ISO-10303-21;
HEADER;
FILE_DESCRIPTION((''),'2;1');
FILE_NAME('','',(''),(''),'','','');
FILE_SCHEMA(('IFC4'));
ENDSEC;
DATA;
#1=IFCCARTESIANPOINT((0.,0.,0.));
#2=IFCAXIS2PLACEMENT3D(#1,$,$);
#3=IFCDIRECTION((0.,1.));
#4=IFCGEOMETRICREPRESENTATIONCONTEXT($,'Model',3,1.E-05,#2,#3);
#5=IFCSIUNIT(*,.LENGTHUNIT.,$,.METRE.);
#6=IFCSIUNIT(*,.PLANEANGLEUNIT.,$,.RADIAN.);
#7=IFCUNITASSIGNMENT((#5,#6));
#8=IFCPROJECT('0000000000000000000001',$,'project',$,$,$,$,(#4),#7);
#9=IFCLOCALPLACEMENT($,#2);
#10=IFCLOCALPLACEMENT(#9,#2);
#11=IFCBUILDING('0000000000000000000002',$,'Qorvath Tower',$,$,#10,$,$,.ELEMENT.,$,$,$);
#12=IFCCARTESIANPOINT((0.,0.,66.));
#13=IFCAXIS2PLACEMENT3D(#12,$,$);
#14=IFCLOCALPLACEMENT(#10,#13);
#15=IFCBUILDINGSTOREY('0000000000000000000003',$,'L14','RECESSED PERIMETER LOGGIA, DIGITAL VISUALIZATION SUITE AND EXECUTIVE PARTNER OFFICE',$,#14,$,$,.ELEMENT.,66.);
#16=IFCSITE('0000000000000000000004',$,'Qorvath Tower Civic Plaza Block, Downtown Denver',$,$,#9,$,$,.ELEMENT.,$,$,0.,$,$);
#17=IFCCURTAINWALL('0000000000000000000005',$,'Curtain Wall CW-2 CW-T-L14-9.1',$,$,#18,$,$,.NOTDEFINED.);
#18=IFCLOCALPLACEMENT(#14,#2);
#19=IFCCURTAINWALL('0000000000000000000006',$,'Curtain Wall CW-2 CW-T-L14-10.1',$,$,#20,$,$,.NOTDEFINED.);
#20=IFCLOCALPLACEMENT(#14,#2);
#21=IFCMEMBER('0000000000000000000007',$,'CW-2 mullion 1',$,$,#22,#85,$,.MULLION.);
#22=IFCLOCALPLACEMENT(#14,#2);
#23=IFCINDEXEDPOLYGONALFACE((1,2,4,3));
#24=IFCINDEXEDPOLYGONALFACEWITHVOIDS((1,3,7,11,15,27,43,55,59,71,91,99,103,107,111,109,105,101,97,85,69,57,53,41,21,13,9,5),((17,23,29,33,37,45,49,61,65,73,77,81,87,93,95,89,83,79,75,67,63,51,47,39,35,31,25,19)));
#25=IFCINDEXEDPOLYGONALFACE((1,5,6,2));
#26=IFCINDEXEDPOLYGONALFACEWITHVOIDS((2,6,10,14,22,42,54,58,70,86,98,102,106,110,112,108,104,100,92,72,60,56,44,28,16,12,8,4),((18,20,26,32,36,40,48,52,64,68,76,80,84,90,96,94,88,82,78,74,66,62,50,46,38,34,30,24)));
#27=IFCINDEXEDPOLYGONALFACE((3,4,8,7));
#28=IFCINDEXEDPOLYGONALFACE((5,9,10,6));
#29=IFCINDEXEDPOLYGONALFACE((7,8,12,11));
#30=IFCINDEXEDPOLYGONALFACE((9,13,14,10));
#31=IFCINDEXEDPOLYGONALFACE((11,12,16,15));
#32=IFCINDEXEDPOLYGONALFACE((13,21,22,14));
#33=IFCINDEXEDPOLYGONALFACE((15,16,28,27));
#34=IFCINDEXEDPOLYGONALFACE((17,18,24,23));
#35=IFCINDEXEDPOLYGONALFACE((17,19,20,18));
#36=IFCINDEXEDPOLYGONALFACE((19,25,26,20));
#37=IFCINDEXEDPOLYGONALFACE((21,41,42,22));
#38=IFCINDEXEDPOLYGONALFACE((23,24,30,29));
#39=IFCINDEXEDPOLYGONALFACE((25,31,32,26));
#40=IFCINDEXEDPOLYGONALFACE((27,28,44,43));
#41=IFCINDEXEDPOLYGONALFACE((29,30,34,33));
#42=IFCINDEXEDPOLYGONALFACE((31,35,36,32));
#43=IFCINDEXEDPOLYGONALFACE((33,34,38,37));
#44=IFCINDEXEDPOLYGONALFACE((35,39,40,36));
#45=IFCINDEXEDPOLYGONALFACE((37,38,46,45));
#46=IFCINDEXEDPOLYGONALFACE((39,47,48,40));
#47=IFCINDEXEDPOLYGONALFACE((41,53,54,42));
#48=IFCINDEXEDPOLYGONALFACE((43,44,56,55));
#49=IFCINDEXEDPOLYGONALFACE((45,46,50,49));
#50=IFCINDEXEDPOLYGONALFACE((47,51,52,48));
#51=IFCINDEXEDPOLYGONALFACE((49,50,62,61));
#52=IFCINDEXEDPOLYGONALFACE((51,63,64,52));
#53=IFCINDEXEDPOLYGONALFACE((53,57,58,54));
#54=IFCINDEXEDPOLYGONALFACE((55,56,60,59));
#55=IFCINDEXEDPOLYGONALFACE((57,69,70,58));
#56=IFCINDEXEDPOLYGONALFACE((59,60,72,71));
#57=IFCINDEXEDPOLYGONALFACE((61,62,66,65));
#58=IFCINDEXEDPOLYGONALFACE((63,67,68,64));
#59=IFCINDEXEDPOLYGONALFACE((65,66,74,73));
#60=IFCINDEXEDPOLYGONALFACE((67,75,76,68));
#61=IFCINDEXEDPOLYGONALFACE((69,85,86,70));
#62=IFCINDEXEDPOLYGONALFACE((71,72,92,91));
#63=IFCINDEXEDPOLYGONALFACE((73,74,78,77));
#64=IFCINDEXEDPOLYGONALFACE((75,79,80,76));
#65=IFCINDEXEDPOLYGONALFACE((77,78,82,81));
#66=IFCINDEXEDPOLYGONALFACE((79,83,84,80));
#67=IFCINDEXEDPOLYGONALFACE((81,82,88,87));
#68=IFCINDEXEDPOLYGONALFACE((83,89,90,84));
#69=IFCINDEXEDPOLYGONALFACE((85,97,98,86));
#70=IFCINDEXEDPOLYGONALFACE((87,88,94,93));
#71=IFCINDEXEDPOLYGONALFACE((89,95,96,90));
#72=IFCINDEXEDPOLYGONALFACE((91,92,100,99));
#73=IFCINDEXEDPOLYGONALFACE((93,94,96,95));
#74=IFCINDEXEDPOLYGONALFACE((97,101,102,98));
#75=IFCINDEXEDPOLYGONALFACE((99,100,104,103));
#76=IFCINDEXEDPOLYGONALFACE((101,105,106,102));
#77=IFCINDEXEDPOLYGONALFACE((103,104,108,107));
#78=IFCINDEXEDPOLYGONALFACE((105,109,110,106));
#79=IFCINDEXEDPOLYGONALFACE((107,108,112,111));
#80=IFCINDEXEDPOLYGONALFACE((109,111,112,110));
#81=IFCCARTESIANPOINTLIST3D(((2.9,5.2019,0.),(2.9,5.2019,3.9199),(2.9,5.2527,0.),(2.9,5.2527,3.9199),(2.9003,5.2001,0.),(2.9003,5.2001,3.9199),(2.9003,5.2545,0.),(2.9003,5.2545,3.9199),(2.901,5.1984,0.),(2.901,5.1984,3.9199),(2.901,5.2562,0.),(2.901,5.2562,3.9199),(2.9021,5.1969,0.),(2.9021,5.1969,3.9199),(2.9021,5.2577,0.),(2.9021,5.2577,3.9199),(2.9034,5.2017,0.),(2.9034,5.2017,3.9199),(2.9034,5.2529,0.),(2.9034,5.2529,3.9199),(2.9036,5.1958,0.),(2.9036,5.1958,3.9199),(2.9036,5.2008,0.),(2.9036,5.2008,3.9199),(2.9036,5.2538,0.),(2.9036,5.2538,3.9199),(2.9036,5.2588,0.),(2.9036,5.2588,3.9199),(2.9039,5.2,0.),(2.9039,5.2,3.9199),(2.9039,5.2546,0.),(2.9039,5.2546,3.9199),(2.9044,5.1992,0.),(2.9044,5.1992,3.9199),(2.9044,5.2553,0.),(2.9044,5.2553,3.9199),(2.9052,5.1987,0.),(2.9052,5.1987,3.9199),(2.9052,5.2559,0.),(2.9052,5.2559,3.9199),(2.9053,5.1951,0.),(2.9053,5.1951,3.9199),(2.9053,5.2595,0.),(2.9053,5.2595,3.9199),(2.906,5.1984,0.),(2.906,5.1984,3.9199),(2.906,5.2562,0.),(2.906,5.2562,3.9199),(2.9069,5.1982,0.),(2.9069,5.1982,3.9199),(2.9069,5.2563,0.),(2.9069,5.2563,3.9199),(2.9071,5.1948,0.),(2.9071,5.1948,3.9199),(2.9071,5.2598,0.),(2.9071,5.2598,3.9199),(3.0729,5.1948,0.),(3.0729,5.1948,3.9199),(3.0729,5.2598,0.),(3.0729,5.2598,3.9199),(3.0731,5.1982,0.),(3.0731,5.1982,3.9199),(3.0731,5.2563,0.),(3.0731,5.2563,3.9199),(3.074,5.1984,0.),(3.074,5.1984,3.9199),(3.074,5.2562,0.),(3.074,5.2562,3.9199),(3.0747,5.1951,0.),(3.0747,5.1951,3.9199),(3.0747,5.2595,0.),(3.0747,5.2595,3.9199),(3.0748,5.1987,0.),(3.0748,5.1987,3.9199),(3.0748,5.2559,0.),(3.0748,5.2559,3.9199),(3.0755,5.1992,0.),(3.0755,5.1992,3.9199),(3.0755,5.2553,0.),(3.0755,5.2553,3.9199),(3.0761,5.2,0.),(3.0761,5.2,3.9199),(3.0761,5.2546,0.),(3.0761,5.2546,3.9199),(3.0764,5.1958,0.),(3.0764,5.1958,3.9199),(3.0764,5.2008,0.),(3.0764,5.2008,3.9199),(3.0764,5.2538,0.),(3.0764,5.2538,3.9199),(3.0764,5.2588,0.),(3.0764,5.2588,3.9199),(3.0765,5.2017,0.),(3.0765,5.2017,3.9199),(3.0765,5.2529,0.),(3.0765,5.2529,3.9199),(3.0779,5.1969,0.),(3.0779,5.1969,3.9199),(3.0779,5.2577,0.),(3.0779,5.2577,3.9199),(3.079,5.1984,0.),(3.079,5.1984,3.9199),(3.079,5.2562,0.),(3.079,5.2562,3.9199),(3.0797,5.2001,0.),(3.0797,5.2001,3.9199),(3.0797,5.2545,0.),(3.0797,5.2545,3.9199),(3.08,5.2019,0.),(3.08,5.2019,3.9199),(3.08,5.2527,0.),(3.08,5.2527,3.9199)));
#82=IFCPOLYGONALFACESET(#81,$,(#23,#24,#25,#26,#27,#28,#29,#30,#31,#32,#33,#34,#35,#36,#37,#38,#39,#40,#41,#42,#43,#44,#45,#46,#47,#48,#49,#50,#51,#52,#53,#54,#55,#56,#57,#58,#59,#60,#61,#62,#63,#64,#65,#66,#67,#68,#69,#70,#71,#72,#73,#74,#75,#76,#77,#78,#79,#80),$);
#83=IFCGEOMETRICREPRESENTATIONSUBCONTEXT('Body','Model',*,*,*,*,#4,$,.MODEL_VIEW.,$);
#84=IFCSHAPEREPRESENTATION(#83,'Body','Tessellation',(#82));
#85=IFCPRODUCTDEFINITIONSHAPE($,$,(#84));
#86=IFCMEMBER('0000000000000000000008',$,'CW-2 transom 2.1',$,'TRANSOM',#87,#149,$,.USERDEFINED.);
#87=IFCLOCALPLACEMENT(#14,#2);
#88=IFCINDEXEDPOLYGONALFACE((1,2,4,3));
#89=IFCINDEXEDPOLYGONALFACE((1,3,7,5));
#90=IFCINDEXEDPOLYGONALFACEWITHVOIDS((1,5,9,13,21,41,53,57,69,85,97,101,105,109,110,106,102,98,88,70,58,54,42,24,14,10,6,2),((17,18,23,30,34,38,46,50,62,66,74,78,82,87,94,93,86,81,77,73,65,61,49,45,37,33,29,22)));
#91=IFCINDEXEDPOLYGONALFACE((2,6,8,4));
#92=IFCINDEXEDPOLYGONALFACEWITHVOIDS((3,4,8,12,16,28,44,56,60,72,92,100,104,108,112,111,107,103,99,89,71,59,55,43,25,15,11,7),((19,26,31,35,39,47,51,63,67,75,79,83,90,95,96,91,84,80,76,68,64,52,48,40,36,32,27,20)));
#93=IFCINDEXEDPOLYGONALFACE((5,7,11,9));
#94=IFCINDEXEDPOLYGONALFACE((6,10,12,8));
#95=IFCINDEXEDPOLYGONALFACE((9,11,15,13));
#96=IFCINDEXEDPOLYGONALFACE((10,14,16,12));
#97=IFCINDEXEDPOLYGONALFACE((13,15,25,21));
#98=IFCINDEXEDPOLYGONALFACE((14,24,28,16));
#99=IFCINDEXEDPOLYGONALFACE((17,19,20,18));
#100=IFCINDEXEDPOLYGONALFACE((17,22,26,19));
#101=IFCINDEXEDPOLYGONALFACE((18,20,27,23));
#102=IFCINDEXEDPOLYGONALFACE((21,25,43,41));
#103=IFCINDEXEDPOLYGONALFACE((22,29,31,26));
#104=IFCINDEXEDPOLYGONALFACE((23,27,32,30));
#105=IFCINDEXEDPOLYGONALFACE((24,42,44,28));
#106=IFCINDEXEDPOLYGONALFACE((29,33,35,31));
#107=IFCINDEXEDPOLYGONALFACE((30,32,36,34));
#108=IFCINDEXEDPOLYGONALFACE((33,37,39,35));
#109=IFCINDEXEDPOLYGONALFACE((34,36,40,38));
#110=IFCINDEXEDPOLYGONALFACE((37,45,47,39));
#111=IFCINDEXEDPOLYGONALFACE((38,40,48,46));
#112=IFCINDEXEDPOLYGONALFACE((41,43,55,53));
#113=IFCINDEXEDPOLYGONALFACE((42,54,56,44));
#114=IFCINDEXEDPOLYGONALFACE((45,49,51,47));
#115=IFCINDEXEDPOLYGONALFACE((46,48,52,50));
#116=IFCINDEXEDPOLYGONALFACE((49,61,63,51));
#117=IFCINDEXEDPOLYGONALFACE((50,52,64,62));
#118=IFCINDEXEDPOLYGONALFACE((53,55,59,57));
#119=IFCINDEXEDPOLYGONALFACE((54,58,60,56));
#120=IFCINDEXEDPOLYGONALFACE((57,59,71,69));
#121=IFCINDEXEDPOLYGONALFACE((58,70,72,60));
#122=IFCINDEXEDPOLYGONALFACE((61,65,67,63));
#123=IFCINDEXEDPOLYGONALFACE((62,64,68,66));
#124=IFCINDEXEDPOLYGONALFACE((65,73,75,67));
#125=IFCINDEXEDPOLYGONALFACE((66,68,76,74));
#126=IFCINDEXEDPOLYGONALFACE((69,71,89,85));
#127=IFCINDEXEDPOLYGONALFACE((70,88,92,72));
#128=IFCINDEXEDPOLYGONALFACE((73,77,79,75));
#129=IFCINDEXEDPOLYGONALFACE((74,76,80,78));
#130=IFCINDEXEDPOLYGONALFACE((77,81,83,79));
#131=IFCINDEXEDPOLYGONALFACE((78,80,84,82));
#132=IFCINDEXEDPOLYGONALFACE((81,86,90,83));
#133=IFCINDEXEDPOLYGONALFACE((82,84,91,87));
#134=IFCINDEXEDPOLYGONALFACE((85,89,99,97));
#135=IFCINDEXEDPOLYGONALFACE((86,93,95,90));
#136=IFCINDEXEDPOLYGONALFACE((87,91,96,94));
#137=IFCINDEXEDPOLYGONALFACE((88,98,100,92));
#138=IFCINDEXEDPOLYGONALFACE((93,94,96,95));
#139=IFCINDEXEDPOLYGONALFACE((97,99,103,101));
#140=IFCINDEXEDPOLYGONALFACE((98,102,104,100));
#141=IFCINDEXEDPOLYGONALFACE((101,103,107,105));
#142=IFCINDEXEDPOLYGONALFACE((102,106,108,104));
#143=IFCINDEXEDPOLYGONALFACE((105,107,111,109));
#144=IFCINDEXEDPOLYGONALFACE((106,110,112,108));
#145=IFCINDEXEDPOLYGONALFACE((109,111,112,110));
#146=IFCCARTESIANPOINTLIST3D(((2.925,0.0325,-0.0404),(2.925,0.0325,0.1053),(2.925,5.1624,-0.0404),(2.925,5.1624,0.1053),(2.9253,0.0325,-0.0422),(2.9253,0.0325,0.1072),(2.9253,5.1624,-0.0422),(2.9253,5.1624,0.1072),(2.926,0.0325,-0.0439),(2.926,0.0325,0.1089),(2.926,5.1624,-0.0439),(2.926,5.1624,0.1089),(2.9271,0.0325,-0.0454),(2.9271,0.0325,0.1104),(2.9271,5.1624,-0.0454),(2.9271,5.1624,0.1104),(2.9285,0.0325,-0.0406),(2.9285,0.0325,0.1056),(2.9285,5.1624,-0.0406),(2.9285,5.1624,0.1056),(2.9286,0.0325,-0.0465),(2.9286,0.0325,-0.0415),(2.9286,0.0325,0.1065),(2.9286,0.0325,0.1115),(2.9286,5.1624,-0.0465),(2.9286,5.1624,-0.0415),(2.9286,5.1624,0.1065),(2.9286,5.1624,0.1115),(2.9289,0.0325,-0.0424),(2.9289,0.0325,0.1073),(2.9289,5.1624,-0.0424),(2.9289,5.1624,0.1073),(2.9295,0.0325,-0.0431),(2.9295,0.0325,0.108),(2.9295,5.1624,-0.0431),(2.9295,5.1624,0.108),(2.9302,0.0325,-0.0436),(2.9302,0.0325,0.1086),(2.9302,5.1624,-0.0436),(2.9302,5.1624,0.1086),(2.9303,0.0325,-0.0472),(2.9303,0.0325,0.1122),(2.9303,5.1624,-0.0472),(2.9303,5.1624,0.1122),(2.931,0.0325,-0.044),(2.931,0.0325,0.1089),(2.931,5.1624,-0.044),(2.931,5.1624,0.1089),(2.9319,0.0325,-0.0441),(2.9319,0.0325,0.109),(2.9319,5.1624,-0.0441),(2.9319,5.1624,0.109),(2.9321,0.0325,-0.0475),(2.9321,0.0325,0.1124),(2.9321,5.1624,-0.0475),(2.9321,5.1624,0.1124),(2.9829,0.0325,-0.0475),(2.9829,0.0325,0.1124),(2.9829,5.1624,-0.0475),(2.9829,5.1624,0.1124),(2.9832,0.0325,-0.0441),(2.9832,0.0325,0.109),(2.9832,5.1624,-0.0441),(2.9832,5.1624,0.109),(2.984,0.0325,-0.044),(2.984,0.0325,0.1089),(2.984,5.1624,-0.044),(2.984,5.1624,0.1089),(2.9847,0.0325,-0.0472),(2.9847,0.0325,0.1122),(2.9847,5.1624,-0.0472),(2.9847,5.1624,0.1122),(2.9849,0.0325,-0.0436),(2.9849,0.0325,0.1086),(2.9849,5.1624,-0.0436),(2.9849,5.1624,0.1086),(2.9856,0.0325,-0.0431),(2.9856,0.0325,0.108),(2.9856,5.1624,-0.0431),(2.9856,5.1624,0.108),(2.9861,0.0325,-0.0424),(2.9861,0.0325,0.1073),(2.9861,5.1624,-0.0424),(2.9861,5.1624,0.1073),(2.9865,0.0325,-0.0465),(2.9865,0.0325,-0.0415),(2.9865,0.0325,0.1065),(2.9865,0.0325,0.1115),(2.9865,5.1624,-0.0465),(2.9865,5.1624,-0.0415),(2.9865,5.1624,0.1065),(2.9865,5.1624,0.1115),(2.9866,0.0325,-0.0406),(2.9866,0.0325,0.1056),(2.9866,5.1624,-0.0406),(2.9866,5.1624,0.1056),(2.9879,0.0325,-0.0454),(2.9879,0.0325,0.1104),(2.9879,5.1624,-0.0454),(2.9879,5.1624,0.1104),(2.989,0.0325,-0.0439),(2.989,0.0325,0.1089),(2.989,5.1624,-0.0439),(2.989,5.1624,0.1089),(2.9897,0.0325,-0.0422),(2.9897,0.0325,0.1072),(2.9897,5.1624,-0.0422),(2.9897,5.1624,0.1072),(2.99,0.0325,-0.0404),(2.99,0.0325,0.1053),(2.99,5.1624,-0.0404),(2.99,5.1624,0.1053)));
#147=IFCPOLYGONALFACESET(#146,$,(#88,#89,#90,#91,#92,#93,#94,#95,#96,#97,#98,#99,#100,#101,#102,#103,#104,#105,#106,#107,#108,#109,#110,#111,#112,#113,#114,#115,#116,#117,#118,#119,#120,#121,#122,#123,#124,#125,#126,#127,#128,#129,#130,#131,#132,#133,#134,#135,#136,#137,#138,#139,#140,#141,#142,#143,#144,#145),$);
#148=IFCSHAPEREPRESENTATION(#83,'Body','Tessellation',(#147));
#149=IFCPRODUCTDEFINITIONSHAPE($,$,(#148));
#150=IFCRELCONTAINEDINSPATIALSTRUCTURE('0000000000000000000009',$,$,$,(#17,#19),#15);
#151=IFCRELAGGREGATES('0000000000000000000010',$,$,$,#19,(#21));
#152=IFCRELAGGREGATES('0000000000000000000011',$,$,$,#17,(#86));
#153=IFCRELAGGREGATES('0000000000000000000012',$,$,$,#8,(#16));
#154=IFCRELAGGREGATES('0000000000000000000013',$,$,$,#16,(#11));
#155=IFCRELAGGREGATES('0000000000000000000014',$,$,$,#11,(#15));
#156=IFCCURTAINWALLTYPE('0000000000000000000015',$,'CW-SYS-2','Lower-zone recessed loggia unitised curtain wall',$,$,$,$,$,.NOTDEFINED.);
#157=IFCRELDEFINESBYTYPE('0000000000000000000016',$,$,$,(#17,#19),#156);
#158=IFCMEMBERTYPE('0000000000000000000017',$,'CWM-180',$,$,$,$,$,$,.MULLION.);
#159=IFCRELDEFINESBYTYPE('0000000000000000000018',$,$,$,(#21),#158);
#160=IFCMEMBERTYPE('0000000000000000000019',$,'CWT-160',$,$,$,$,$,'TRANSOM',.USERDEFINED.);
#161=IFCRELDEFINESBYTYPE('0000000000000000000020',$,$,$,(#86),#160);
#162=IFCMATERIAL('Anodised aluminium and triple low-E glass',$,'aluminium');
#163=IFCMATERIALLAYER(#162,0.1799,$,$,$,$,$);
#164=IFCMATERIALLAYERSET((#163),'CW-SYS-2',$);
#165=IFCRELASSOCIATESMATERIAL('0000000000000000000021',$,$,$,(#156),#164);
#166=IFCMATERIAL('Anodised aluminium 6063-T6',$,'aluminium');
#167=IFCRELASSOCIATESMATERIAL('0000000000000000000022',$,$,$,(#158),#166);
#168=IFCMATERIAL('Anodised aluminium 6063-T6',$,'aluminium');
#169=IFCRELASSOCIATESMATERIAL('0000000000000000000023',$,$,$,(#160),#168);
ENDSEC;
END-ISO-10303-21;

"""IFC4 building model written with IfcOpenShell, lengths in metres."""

from ifc_helpers import new_model, si_unit, direction, frame, origin, origin_2d, place, context, subcontext, project, spatial, hollow_rectangle, extrude, material, layer, layer_set, material_profile, profile_set, type_object, element, aggregate, save


model = new_model("IFC4")

# Units and contexts
model_context = context("Model", 3, precision=1e-05, world=origin(), true_north=direction((0.0, 1.0)))
body_context = subcontext(model_context, "Body", "Model", "MODEL_VIEW")
ifc_project = project(units=[si_unit("LENGTHUNIT", "METRE"), si_unit("PLANEANGLEUNIT", "RADIAN")], contexts=[model_context])

# Site, building, storey
site_placement = place(None, origin())
site = spatial("IfcSite", under=ifc_project, at=site_placement, Name="Qorvath Tower Civic Plaza Block, Downtown Denver", CompositionType="ELEMENT", RefElevation=0.0)
building_placement = place(site_placement, origin())
building = spatial("IfcBuilding", under=site, at=building_placement, Name="Qorvath Tower", CompositionType="ELEMENT")
storey_placement = place(building_placement, frame((0.0, 0.0, 66.0)))
storey = spatial("IfcBuildingStorey", under=building, at=storey_placement, Name="L14", Description="RECESSED PERIMETER LOGGIA, DIGITAL VISUALIZATION SUITE AND EXECUTIVE PARTNER OFFICE", CompositionType="ELEMENT", Elevation=66.0)

# Curtain wall
ifc_material_1 = material(Name="Anodised aluminium and triple low-E glass", Category="aluminium")
ifc_layer_1 = layer(ifc_material_1, 0.1799)
ifc_layer_set_1 = layer_set([ifc_layer_1], Name="CW-SYS-2")
curtain_wall_type = type_object("IfcCurtainWallType", Name="CW-SYS-2", Description="Lower-zone recessed loggia unitised curtain wall", PredefinedType="NOTDEFINED", material=ifc_layer_set_1)
curtain_wall_1_placement = place(storey_placement, origin())
curtain_wall_1 = element("IfcCurtainWall", 1, at=curtain_wall_1_placement, inside=storey, type_object=curtain_wall_type, Name="Curtain Wall CW-2 CW-T-L14-9.1", PredefinedType="NOTDEFINED")
ifc_material_2 = material(Name="Anodised aluminium 6063-T6", Category="aluminium")
ifc_material_profile_1 = material_profile(ifc_material_2, hollow_rectangle(XDim=0.0649, YDim=0.1799, WallThickness=0.0034, InnerFilletRadius=0.0034, OuterFilletRadius=0.0071, at=origin_2d()), Name="CWM 180x65")
ifc_profile_set_1 = profile_set([ifc_material_profile_1], Name="Anodised aluminium 6063-T6")
member_type_1 = type_object("IfcMemberType", Name="CWM-180", PredefinedType="MULLION", material=ifc_profile_set_1)

# Curtain wall, member
curtain_wall_2_placement = place(storey_placement, origin())
curtain_wall_2 = element("IfcCurtainWall", 2, at=curtain_wall_2_placement, inside=storey, type_object=curtain_wall_type, Name="Curtain Wall CW-2 CW-T-L14-10.1", PredefinedType="NOTDEFINED")
member_1_placement = place(storey_placement, frame((2.99, 5.2273, 0.0), z_axis=(0.0, 0.0, 1.0), x_axis=(0.0, 1.0, 0.0)))
member_1 = element("IfcMember", 3, at=member_1_placement, type_object=member_type_1, Name="CW-2 mullion 1", PredefinedType="MULLION", context=body_context, shape_type="SweptSolid", body=[
    extrude(hollow_rectangle(XDim=0.0649, YDim=0.1799, WallThickness=0.0034, InnerFilletRadius=0.0034, OuterFilletRadius=0.0071, at=origin_2d()), origin(), (0.0, 0.0, 1.0), 3.9199),
])

# Member
ifc_material_3 = material(Name="Anodised aluminium 6063-T6", Category="aluminium")
ifc_material_profile_2 = material_profile(ifc_material_3, hollow_rectangle(XDim=0.0649, YDim=0.1599, WallThickness=0.0034, InnerFilletRadius=0.0034, OuterFilletRadius=0.0071, at=origin_2d()), Name="CWT 160x65")
ifc_profile_set_2 = profile_set([ifc_material_profile_2], Name="Anodised aluminium 6063-T6")
member_type_2 = type_object("IfcMemberType", Name="CWT-160", ElementType="TRANSOM", PredefinedType="USERDEFINED", material=ifc_profile_set_2)
member_2_placement = place(storey_placement, frame((2.9575, 0.0325, 0.0325), z_axis=(0.0, 1.0, 0.0), x_axis=(-1.0, 0.0, 0.0)))
member_2 = element("IfcMember", 4, at=member_2_placement, type_object=member_type_2, Name="CW-2 transom 2.1", ObjectType="TRANSOM", PredefinedType="USERDEFINED", context=body_context, shape_type="SweptSolid", body=[
    extrude(hollow_rectangle(XDim=0.0649, YDim=0.1599, WallThickness=0.0034, InnerFilletRadius=0.0034, OuterFilletRadius=0.0071, at=origin_2d()), origin(), (0.0, 0.0, 1.0), 5.1299),
])
aggregate(curtain_wall_2, [member_1])

aggregate(curtain_wall_1, [member_2])

save(model, "model.ifc")
